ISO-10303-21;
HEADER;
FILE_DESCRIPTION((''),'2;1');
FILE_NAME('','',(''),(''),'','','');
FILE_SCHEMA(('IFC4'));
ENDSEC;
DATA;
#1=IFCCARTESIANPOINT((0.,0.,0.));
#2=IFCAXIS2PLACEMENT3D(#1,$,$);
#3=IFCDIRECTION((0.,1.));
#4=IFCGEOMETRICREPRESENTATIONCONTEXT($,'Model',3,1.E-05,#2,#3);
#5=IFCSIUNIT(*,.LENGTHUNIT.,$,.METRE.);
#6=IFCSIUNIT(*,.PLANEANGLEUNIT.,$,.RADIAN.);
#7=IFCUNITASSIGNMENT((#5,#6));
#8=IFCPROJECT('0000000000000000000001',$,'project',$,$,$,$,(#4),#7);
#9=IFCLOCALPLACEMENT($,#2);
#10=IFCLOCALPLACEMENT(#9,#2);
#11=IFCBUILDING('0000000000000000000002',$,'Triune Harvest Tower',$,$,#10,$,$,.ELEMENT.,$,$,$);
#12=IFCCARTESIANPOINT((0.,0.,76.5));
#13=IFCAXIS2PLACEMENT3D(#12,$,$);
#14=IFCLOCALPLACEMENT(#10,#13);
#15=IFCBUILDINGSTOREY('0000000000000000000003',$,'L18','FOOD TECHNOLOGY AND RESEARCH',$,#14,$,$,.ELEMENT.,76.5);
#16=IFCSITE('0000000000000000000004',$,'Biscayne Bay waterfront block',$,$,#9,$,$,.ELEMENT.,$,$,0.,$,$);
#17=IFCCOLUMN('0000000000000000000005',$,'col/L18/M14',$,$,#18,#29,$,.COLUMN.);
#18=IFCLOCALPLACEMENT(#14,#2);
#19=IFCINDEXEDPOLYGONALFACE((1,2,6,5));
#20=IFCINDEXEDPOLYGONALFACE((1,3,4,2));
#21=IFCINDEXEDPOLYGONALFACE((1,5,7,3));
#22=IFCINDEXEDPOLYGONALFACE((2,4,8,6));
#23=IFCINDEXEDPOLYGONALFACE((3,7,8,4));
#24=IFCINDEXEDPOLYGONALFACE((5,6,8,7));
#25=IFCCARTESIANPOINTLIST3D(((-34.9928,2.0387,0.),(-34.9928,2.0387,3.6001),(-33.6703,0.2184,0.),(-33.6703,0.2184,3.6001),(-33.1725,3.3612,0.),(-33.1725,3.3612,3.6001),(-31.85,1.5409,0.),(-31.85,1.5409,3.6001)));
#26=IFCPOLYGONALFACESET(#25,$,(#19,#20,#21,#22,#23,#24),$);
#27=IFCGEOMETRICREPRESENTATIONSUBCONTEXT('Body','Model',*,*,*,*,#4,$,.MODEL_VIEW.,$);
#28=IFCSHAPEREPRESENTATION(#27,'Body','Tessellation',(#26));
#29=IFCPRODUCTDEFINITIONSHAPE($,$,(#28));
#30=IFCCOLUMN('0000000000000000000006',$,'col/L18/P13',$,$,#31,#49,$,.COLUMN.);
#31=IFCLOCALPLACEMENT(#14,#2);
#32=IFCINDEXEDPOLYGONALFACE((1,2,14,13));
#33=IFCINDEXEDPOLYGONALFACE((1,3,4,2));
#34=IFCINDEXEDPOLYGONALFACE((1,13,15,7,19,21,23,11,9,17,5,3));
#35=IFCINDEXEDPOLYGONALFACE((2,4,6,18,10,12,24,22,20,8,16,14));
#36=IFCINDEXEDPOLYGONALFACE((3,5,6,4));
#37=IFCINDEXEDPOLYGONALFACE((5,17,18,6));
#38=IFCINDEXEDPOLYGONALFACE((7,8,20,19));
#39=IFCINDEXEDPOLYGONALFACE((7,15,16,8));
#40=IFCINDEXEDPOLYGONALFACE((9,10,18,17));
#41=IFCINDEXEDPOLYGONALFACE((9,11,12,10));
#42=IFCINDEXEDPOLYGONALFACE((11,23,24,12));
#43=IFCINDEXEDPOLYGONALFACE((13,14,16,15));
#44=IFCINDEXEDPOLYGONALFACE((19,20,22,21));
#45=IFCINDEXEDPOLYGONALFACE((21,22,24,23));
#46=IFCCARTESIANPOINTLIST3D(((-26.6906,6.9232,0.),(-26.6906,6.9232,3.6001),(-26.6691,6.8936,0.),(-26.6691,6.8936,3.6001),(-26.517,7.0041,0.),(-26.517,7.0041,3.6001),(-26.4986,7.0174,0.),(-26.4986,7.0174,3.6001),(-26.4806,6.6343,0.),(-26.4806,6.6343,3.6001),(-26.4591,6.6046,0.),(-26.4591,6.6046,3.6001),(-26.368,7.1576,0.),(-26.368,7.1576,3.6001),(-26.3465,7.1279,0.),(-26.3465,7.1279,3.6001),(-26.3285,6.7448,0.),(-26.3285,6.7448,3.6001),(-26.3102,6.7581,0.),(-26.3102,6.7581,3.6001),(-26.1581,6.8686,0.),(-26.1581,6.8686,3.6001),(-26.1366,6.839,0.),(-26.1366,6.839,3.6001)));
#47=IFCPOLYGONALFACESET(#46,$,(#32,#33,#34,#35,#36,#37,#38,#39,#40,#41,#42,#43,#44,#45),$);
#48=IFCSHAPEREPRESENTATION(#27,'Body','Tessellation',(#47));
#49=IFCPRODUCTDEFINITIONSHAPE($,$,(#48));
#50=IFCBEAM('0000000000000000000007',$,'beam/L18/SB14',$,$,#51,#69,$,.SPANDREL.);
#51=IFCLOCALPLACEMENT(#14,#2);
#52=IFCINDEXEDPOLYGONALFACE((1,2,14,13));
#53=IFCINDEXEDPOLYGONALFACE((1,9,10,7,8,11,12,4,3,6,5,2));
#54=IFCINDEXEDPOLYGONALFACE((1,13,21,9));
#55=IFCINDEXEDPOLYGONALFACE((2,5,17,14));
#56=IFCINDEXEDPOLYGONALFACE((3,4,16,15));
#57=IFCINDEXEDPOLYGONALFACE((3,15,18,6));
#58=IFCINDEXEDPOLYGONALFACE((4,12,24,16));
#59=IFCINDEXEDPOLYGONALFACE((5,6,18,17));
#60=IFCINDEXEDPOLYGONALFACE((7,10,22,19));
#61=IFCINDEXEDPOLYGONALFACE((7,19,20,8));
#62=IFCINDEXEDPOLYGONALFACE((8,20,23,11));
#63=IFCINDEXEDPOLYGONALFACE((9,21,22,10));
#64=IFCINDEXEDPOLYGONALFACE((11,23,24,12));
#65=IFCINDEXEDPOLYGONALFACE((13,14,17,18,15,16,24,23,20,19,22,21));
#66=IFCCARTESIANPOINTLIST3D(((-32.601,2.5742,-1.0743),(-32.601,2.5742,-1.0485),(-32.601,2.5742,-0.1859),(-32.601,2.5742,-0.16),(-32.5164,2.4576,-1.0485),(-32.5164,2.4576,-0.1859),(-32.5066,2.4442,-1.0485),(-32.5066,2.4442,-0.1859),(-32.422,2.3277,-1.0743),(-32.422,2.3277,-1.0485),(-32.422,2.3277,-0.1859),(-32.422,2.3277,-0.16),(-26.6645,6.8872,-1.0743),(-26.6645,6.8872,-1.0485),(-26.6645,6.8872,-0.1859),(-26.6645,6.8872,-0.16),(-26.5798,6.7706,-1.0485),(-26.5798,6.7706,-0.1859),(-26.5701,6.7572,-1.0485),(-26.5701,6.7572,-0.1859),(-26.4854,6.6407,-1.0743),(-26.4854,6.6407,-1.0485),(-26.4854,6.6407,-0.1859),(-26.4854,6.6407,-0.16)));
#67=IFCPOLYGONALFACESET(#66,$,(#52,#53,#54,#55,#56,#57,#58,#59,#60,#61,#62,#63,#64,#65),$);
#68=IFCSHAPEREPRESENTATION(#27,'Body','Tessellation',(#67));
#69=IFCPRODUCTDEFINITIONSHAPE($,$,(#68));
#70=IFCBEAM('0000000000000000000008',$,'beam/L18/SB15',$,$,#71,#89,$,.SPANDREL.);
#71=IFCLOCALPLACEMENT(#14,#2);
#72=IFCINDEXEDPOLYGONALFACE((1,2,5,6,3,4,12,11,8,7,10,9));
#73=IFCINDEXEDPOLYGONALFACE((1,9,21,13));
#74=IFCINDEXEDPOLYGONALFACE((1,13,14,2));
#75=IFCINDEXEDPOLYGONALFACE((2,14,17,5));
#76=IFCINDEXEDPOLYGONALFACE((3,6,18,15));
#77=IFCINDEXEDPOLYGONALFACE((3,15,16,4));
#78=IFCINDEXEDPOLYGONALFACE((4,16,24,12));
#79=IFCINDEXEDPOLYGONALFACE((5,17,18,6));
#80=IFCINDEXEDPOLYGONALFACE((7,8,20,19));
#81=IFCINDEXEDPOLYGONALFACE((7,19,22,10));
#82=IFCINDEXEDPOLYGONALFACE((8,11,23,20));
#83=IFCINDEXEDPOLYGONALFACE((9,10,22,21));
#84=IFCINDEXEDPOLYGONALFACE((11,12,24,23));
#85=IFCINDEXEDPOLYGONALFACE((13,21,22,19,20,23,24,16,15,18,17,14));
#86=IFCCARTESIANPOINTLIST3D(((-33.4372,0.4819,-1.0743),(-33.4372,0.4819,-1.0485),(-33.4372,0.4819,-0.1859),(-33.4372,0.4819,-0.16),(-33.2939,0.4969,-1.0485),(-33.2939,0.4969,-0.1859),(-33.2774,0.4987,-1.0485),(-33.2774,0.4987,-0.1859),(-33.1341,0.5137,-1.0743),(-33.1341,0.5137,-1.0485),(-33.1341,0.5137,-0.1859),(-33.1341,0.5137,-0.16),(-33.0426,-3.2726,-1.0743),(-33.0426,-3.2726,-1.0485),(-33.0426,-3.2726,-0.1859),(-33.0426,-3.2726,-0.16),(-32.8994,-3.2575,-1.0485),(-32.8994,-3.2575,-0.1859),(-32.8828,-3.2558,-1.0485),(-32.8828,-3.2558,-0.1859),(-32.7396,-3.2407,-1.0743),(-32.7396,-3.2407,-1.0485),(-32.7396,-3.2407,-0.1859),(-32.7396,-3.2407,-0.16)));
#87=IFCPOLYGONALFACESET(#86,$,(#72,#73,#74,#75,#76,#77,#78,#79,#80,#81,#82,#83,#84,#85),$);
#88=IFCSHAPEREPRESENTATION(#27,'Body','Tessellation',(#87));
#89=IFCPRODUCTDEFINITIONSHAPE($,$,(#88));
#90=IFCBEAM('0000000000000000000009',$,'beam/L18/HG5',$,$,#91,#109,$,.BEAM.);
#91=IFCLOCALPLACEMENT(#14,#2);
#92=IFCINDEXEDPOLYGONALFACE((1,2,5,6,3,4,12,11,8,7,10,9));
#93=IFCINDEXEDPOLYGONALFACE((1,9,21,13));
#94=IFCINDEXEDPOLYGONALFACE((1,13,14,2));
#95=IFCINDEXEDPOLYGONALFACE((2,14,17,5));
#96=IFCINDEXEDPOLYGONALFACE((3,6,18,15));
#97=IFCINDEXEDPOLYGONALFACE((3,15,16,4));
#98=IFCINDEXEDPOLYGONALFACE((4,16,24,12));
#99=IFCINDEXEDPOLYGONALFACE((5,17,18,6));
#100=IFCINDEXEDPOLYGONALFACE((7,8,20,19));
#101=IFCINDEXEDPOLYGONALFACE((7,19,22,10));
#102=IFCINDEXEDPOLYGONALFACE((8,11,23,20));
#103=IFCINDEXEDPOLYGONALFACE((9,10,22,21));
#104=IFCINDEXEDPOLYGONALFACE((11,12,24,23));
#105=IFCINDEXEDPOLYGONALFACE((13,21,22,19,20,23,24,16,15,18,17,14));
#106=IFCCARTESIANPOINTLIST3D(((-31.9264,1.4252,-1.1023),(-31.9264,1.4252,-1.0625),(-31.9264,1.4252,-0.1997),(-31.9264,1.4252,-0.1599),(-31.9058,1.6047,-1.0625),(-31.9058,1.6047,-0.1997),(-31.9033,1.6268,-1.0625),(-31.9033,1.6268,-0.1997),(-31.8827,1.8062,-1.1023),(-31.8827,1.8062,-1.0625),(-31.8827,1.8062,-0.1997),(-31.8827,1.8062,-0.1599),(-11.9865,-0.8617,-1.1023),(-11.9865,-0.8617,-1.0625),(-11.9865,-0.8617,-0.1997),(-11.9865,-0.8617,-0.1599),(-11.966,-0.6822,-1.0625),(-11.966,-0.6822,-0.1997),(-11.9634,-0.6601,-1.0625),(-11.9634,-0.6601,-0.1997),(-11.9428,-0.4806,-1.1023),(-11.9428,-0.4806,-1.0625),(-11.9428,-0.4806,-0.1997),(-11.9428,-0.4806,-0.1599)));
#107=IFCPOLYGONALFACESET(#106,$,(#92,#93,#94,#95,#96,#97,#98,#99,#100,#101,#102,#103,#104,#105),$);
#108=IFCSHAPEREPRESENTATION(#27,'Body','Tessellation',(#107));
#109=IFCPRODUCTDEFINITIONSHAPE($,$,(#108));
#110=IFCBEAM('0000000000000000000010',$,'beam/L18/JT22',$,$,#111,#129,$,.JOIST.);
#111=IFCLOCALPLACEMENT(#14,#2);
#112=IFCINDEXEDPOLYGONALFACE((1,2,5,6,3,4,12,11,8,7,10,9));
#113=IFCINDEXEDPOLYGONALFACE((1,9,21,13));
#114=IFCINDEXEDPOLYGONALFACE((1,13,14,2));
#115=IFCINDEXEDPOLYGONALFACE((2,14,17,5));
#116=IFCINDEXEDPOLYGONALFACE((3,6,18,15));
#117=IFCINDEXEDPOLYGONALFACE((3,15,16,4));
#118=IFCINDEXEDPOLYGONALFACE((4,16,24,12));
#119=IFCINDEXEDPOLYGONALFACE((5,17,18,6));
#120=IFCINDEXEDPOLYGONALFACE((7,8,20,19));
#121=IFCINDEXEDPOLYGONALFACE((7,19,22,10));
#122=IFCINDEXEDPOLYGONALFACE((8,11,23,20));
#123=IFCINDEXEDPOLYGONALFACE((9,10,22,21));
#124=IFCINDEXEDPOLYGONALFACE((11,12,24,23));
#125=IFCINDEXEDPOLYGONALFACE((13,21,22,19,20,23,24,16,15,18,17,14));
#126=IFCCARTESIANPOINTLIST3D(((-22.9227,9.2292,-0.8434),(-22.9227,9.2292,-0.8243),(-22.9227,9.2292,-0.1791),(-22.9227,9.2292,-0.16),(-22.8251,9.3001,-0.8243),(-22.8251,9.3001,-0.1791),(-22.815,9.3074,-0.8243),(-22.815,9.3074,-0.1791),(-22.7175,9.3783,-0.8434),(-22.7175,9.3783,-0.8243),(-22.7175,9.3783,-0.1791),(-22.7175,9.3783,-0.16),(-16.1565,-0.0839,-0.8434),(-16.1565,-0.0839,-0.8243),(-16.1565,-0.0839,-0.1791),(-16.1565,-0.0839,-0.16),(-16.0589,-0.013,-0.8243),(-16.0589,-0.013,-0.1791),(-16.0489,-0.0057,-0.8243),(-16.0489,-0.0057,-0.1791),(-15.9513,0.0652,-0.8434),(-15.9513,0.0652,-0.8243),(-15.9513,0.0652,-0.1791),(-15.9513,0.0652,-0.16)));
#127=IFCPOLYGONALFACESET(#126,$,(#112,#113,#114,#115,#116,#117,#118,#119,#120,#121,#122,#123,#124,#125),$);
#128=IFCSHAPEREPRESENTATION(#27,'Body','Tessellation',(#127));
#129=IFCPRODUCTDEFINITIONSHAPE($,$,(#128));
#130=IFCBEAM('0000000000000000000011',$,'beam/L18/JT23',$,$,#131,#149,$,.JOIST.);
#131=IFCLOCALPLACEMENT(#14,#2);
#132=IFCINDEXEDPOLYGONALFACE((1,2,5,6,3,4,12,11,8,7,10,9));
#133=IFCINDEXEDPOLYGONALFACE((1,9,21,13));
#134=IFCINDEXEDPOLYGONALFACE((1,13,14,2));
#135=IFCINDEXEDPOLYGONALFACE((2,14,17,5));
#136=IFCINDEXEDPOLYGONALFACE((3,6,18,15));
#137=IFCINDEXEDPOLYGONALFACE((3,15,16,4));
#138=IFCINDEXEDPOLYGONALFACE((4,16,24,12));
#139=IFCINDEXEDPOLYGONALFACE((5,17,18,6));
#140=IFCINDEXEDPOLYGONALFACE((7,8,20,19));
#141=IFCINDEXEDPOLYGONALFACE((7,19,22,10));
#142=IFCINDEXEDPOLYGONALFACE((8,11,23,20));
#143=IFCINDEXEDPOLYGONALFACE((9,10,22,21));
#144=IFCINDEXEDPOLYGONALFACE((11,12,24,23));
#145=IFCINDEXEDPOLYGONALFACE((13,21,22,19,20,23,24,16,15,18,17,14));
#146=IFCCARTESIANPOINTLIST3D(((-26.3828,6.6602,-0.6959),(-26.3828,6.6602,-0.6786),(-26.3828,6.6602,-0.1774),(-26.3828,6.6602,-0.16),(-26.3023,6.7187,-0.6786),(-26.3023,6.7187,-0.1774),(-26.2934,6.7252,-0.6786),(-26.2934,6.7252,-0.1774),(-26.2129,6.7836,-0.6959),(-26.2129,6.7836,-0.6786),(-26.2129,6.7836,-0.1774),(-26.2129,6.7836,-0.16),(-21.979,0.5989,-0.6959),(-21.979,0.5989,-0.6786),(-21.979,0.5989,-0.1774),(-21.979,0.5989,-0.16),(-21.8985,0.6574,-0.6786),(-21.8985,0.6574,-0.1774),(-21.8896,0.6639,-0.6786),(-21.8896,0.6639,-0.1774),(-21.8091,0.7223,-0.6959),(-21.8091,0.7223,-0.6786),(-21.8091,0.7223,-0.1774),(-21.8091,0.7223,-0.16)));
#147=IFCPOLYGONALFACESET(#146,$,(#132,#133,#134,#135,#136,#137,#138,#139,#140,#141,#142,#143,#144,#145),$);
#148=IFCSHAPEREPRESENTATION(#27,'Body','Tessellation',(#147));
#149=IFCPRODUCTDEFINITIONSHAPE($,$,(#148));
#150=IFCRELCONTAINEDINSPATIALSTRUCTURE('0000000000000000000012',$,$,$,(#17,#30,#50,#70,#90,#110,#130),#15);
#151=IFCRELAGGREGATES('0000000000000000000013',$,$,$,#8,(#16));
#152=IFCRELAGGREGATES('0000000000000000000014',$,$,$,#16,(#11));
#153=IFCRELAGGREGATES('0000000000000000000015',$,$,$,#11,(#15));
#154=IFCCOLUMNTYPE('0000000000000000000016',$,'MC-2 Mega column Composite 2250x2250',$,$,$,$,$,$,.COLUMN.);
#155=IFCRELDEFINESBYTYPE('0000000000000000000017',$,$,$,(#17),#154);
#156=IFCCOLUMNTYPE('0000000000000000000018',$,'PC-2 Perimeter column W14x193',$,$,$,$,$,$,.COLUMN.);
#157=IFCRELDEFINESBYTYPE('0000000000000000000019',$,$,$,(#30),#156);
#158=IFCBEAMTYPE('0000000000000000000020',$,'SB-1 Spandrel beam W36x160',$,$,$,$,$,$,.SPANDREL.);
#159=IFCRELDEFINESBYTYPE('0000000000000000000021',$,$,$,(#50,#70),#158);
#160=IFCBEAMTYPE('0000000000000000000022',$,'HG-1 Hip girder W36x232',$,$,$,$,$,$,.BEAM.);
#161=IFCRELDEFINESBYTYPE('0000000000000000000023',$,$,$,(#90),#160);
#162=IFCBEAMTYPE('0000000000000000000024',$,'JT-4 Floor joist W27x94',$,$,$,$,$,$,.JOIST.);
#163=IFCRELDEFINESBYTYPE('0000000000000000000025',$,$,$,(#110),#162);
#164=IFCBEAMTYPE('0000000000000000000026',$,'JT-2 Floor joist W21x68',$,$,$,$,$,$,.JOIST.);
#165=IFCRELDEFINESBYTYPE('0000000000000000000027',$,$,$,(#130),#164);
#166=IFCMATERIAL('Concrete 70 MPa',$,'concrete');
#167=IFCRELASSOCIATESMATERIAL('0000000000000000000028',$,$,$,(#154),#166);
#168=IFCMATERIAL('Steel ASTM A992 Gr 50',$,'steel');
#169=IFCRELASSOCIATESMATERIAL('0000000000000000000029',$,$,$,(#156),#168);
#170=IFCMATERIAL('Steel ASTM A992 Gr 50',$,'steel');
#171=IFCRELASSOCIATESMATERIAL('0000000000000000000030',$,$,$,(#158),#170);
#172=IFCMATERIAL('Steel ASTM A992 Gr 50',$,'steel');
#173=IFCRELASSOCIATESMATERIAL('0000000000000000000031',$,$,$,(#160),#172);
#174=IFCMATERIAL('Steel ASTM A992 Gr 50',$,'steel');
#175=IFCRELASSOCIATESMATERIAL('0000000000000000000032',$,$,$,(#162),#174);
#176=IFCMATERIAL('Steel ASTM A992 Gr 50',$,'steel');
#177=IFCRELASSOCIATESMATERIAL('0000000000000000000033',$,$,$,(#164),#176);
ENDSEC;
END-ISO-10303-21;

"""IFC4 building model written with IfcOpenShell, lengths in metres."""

from ifc_helpers import new_model, si_unit, direction, frame, origin, origin_2d, place, context, subcontext, project, spatial, rectangle, i_section, extrude, source, transform, mapped, material, material_profile, profile_set, type_object, element, save


model = new_model("IFC4")

# Units and contexts
model_context = context("Model", 3, precision=1e-05, world=origin(), true_north=direction((0.0, 1.0)))
body_context = subcontext(model_context, "Body", "Model", "MODEL_VIEW")
ifc_project = project(units=[si_unit("LENGTHUNIT", "METRE"), si_unit("PLANEANGLEUNIT", "RADIAN")], contexts=[model_context])

# Site, building, storey
site_placement = place(None, origin())
site = spatial("IfcSite", under=ifc_project, at=site_placement, Name="Biscayne Bay waterfront block", CompositionType="ELEMENT", RefElevation=0.0)
building_placement = place(site_placement, origin())
building = spatial("IfcBuilding", under=site, at=building_placement, Name="Triune Harvest Tower", CompositionType="ELEMENT")
storey_placement = place(building_placement, frame((0.0, 0.0, 76.5)))
storey = spatial("IfcBuildingStorey", under=building, at=storey_placement, Name="L18", Description="FOOD TECHNOLOGY AND RESEARCH", CompositionType="ELEMENT", Elevation=76.5)

# Columns
ifc_material_1 = material(Name="Concrete 70 MPa", Category="concrete")
ifc_material_profile_1 = material_profile(ifc_material_1, rectangle(XDim=2.25, YDim=2.25, at=origin_2d()), Name="Composite 2250x2250")
ifc_profile_set_1 = profile_set([ifc_material_profile_1], Name="Concrete 70 MPa")
column_type_1 = type_object("IfcColumnType", Name="MC-2 Mega column Composite 2250x2250", PredefinedType="COLUMN", material=ifc_profile_set_1)
shared_shape_1 = source(origin(), body_context, "Body", "SweptSolid", [
    extrude(rectangle(XDim=2.25, YDim=2.25, at=origin_2d()), origin(), (0.0, 0.0, 1.0), 3.6001),
])
column_1_placement = place(storey_placement, frame((-33.4214, 1.7898, 0.0), z_axis=(0.0, 0.0, 1.0), x_axis=(-0.809017, -0.587785, 0.0)))
element("IfcColumn", 1, at=column_1_placement, inside=storey, type_object=column_type_1, Name="col/L18/M14", PredefinedType="COLUMN", context=body_context, shape_type="MappedRepresentation", body=[
    mapped(shared_shape_1, transform((0.0, 0.0, 0.0), scale=1.0)),
])
ifc_material_2 = material(Name="Steel ASTM A992 Gr 50", Category="steel")
ifc_material_profile_2 = material_profile(ifc_material_2, i_section(OverallWidth=0.3987, OverallDepth=0.3938, WebThickness=0.0227, FlangeThickness=0.0366, at=origin_2d()), Name="W14x193")
ifc_profile_set_2 = profile_set([ifc_material_profile_2], Name="Steel ASTM A992 Gr 50")
column_type_2 = type_object("IfcColumnType", Name="PC-2 Perimeter column W14x193", PredefinedType="COLUMN", material=ifc_profile_set_2)
shared_shape_2 = source(origin(), body_context, "Body", "SweptSolid", [
    extrude(i_section(OverallWidth=0.3987, OverallDepth=0.3938, WebThickness=0.0227, FlangeThickness=0.0366, at=origin_2d()), origin(), (0.0, 0.0, 1.0), 3.6001),
])
column_2_placement = place(storey_placement, frame((-26.4136, 6.8811, 0.0), z_axis=(0.0, 0.0, 1.0), x_axis=(-0.809017, -0.587785, 0.0)))
element("IfcColumn", 2, at=column_2_placement, inside=storey, type_object=column_type_2, Name="col/L18/P13", PredefinedType="COLUMN", context=body_context, shape_type="MappedRepresentation", body=[
    mapped(shared_shape_2, transform((0.0, 0.0, 0.0), scale=1.0)),
])

# Beams
ifc_material_3 = material(Name="Steel ASTM A992 Gr 50", Category="steel")
ifc_material_profile_3 = material_profile(ifc_material_3, i_section(OverallWidth=0.3047, OverallDepth=0.9143, WebThickness=0.0166, FlangeThickness=0.0259, at=origin_2d()), Name="W36x160")
ifc_profile_set_3 = profile_set([ifc_material_profile_3], Name="Steel ASTM A992 Gr 50")
beam_type_1 = type_object("IfcBeamType", Name="SB-1 Spandrel beam W36x160", PredefinedType="SPANDREL", material=ifc_profile_set_3)
shared_shape_3 = source(origin(), body_context, "Body", "SweptSolid", [
    extrude(i_section(OverallWidth=0.3047, OverallDepth=0.9143, WebThickness=0.0166, FlangeThickness=0.0259, at=origin_2d()), origin(), (0.0, 0.0, 1.0), 7.3379),
])
beam_1_placement = place(storey_placement, frame((-26.575, 6.7639, -0.6172), z_axis=(-0.809027, -0.587772, 0.0), x_axis=(0.587772, -0.809027, 0.0)))
element("IfcBeam", 3, at=beam_1_placement, inside=storey, type_object=beam_type_1, Name="beam/L18/SB14", PredefinedType="SPANDREL", context=body_context, shape_type="MappedRepresentation", body=[
    mapped(shared_shape_3, transform((0.0, 0.0, 0.0), scale=1.0)),
])
shared_shape_4 = source(origin(), body_context, "Body", "SweptSolid", [
    extrude(i_section(OverallWidth=0.3047, OverallDepth=0.9143, WebThickness=0.0166, FlangeThickness=0.0259, at=origin_2d()), origin(), (0.0, 0.0, 1.0), 3.7751),
])
beam_2_placement = place(storey_placement, frame((-33.2856, 0.4978, -0.6172), z_axis=(0.10451, -0.994524, 0.0), x_axis=(0.994524, 0.10451, 0.0)))
element("IfcBeam", 4, at=beam_2_placement, inside=storey, type_object=beam_type_1, Name="beam/L18/SB15", PredefinedType="SPANDREL", context=body_context, shape_type="MappedRepresentation", body=[
    mapped(shared_shape_4, transform((0.0, 0.0, 0.0), scale=1.0)),
])
ifc_material_4 = material(Name="Steel ASTM A992 Gr 50", Category="steel")
ifc_material_profile_4 = material_profile(ifc_material_4, i_section(OverallWidth=0.3835, OverallDepth=0.9424, WebThickness=0.0222, FlangeThickness=0.0398, at=origin_2d()), Name="W36x232")
ifc_profile_set_4 = profile_set([ifc_material_profile_4], Name="Steel ASTM A992 Gr 50")
beam_type_2 = type_object("IfcBeamType", Name="HG-1 Hip girder W36x232", PredefinedType="BEAM", material=ifc_profile_set_4)
shared_shape_5 = source(origin(), body_context, "Body", "SweptSolid", [
    extrude(i_section(OverallWidth=0.3835, OverallDepth=0.9424, WebThickness=0.0222, FlangeThickness=0.0398, at=origin_2d()), origin(), (0.0, 0.0, 1.0), 20.0706),
])
beam_3_placement = place(storey_placement, frame((-31.9045, 1.6157, -0.6311), z_axis=(0.993488, -0.113941, 0.0), x_axis=(0.113941, 0.993488, 0.0)))
element("IfcBeam", 5, at=beam_3_placement, inside=storey, type_object=beam_type_2, Name="beam/L18/HG5", PredefinedType="BEAM", context=body_context, shape_type="MappedRepresentation", body=[
    mapped(shared_shape_5, transform((0.0, 0.0, 0.0), scale=1.0)),
])
ifc_material_5 = material(Name="Steel ASTM A992 Gr 50", Category="steel")
ifc_material_profile_5 = material_profile(ifc_material_5, i_section(OverallWidth=0.2537, OverallDepth=0.6833, WebThickness=0.0125, FlangeThickness=0.019, at=origin_2d()), Name="W27x94")
ifc_profile_set_5 = profile_set([ifc_material_profile_5], Name="Steel ASTM A992 Gr 50")
beam_type_3 = type_object("IfcBeamType", Name="JT-4 Floor joist W27x94", PredefinedType="JOIST", material=ifc_profile_set_5)
shared_shape_6 = source(origin(), body_context, "Body", "SweptSolid", [
    extrude(i_section(OverallWidth=0.2537, OverallDepth=0.6833, WebThickness=0.0125, FlangeThickness=0.019, at=origin_2d()), origin(), (0.0, 0.0, 1.0), 11.5115),
])
beam_4_placement = place(storey_placement, frame((-22.8201, 9.3037, -0.5017), z_axis=(0.587776, -0.809024, 0.0), x_axis=(0.809024, 0.587776, 0.0)))
element("IfcBeam", 6, at=beam_4_placement, inside=storey, type_object=beam_type_3, Name="beam/L18/JT22", PredefinedType="JOIST", context=body_context, shape_type="MappedRepresentation", body=[
    mapped(shared_shape_6, transform((0.0, 0.0, 0.0), scale=1.0)),
])
ifc_material_6 = material(Name="Steel ASTM A992 Gr 50", Category="steel")
ifc_material_profile_6 = material_profile(ifc_material_6, i_section(OverallWidth=0.21, OverallDepth=0.5359, WebThickness=0.011, FlangeThickness=0.0173, at=origin_2d()), Name="W21x68")
ifc_profile_set_6 = profile_set([ifc_material_profile_6], Name="Steel ASTM A992 Gr 50")
beam_type_4 = type_object("IfcBeamType", Name="JT-2 Floor joist W21x68", PredefinedType="JOIST", material=ifc_profile_set_6)
shared_shape_7 = source(origin(), body_context, "Body", "SweptSolid", [
    extrude(i_section(OverallWidth=0.21, OverallDepth=0.5359, WebThickness=0.011, FlangeThickness=0.0173, at=origin_2d()), origin(), (0.0, 0.0, 1.0), 7.4922),
])
beam_5_placement = place(storey_placement, frame((-26.2979, 6.7219, -0.428), z_axis=(0.587788, -0.809015, 0.0), x_axis=(0.809015, 0.587788, 0.0)))
element("IfcBeam", 7, at=beam_5_placement, inside=storey, type_object=beam_type_4, Name="beam/L18/JT23", PredefinedType="JOIST", context=body_context, shape_type="MappedRepresentation", body=[
    mapped(shared_shape_7, transform((0.0, 0.0, 0.0), scale=1.0)),
])

save(model, "model.ifc")
